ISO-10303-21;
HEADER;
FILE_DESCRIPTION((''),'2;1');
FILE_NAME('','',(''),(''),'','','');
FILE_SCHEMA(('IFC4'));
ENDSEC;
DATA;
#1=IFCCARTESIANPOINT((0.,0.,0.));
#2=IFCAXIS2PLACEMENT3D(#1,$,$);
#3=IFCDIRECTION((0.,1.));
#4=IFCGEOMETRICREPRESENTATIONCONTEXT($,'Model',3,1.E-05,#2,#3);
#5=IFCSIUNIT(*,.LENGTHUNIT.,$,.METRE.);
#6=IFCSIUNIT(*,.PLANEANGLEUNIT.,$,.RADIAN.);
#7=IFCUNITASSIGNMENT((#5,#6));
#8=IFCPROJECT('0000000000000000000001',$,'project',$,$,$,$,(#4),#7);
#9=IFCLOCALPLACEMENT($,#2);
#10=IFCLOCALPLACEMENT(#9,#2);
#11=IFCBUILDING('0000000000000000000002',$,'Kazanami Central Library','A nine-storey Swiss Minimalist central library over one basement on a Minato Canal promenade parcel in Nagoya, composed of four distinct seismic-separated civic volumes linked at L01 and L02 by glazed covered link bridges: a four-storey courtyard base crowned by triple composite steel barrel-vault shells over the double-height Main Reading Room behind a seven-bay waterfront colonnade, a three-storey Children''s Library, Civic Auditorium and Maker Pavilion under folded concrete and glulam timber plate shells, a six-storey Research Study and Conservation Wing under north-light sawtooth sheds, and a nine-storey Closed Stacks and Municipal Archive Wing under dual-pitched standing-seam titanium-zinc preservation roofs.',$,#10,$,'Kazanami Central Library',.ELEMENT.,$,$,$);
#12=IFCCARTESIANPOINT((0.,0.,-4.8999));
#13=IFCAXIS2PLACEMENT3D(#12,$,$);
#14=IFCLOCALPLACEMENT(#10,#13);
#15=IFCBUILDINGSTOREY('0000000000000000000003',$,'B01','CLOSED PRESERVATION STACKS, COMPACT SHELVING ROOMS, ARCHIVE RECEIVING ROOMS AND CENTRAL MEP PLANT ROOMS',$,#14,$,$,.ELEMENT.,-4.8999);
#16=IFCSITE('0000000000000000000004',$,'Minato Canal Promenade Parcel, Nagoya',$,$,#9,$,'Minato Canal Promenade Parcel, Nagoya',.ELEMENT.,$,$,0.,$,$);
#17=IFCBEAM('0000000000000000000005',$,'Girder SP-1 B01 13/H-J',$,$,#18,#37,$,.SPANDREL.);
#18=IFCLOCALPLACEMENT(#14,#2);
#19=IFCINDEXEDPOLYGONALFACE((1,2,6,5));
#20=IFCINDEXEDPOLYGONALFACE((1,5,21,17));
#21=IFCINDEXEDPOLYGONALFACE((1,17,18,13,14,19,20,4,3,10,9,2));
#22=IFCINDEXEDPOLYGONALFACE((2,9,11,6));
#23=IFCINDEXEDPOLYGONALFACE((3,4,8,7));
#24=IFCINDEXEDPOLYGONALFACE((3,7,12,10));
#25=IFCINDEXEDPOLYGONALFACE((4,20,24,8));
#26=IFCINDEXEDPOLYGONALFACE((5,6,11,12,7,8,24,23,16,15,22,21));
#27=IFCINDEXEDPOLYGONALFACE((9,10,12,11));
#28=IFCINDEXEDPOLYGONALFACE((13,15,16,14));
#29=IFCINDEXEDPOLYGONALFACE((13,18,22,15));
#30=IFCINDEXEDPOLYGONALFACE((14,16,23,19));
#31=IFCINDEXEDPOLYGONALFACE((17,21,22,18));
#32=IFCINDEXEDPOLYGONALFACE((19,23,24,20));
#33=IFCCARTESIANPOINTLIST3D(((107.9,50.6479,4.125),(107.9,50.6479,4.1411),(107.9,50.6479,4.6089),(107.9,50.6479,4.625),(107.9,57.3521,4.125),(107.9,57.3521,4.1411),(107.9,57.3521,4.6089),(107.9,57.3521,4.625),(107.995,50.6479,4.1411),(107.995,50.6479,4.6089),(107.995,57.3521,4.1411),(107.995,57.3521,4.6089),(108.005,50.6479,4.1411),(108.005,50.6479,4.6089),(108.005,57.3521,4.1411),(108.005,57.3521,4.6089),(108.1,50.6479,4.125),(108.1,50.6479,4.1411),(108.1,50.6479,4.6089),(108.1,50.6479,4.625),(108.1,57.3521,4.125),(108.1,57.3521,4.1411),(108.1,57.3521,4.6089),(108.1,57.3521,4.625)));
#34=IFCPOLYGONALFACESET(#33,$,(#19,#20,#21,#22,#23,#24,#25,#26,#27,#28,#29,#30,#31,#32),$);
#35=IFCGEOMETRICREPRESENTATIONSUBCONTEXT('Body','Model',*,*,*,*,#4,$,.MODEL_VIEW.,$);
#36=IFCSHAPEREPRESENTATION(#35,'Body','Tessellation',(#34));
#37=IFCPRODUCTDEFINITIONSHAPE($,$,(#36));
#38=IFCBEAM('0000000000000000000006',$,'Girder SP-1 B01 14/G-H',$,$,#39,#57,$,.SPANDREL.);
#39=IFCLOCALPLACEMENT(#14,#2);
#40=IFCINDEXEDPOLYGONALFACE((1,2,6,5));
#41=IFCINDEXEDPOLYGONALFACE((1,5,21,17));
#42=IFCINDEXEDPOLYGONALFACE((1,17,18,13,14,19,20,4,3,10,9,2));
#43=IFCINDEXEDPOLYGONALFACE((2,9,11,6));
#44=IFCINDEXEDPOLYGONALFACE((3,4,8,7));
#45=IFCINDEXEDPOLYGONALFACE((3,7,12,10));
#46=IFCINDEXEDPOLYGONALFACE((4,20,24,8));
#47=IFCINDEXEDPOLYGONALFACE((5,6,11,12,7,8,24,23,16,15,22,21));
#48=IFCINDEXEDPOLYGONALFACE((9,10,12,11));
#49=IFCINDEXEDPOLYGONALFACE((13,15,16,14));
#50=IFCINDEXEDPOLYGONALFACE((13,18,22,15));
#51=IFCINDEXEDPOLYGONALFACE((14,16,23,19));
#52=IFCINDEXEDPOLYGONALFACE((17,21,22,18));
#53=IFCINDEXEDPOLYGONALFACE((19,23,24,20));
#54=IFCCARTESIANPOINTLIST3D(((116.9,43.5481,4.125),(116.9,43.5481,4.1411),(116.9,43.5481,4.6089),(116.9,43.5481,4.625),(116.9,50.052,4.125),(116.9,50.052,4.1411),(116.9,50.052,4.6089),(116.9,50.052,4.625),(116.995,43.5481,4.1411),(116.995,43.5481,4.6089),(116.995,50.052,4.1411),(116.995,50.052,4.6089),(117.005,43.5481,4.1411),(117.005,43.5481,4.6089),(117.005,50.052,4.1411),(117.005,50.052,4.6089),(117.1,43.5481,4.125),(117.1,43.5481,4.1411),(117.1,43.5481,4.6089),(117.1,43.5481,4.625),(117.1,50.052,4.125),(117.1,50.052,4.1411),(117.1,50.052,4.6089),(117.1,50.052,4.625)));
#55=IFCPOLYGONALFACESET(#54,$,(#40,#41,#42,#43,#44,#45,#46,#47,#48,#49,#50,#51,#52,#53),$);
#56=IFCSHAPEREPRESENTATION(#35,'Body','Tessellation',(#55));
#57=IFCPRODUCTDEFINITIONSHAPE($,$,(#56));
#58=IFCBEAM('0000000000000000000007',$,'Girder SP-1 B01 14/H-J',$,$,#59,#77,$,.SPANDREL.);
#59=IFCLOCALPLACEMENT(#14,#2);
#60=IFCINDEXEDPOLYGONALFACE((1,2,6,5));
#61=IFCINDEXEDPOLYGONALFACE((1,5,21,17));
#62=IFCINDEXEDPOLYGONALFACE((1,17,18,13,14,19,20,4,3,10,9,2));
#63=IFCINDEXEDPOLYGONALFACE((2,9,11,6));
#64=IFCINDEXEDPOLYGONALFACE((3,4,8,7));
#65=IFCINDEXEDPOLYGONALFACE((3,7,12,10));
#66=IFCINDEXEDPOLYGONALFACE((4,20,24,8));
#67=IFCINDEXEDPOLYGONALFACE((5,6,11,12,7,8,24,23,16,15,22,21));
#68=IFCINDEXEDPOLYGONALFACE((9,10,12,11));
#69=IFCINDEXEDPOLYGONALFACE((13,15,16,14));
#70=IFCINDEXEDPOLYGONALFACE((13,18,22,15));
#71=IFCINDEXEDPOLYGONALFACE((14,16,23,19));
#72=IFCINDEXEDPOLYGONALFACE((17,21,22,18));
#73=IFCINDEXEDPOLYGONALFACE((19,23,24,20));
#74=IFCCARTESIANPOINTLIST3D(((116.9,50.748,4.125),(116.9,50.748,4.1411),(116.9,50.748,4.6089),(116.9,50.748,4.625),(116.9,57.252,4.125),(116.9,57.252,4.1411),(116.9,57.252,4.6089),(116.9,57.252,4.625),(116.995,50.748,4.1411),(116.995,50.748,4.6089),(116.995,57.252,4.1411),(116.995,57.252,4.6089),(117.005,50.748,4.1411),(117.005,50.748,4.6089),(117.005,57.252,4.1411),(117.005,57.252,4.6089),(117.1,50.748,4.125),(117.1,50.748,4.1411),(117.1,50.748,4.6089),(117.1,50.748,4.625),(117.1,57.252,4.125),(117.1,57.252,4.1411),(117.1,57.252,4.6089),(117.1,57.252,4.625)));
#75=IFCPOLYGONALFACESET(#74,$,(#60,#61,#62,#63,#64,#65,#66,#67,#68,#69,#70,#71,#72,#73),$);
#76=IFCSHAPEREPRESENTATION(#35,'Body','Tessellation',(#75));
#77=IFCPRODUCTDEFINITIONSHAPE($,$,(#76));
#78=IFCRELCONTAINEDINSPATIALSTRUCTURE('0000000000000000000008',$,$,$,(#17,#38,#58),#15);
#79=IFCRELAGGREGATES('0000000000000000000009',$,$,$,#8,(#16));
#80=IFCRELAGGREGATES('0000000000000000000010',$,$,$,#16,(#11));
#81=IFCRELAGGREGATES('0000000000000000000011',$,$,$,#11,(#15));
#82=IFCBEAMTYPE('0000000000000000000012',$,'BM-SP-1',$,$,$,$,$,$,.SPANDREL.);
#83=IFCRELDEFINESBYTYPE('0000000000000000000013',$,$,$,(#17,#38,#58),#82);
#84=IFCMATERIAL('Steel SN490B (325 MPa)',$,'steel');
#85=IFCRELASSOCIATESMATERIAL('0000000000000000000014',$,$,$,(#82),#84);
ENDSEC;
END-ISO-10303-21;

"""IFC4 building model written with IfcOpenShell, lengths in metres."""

from ifc_helpers import new_model, si_unit, direction, frame, origin, origin_2d, place, context, subcontext, project, spatial, i_section, extrude, material, material_profile, profile_set, type_object, element, save


model = new_model("IFC4")

# Units and contexts
model_context = context("Model", 3, precision=1e-05, world=origin(), true_north=direction((0.0, 1.0)))
body_context = subcontext(model_context, "Body", "Model", "MODEL_VIEW")
ifc_project = project(units=[si_unit("LENGTHUNIT", "METRE"), si_unit("PLANEANGLEUNIT", "RADIAN")], contexts=[model_context])

# Site, building, storey
site_placement = place(None, origin())
site = spatial("IfcSite", under=ifc_project, at=site_placement, Name="Minato Canal Promenade Parcel, Nagoya", LongName="Minato Canal Promenade Parcel, Nagoya", CompositionType="ELEMENT", RefElevation=0.0)
building_placement = place(site_placement, origin())
building = spatial("IfcBuilding", under=site, at=building_placement, Name="Kazanami Central Library", Description="A nine-storey Swiss Minimalist central library over one basement on a Minato Canal promenade parcel in Nagoya, composed of four distinct seismic-separated civic volumes linked at L01 and L02 by glazed covered link bridges: a four-storey courtyard base crowned by triple composite steel barrel-vault shells over the double-height Main Reading Room behind a seven-bay waterfront colonnade, a three-storey Children's Library, Civic Auditorium and Maker Pavilion under folded concrete and glulam timber plate shells, a six-storey Research Study and Conservation Wing under north-light sawtooth sheds, and a nine-storey Closed Stacks and Municipal Archive Wing under dual-pitched standing-seam titanium-zinc preservation roofs.", LongName="Kazanami Central Library", CompositionType="ELEMENT")
storey_placement = place(building_placement, frame((0.0, 0.0, -4.8999)))
storey = spatial("IfcBuildingStorey", under=building, at=storey_placement, Name="B01", Description="CLOSED PRESERVATION STACKS, COMPACT SHELVING ROOMS, ARCHIVE RECEIVING ROOMS AND CENTRAL MEP PLANT ROOMS", CompositionType="ELEMENT", Elevation=-4.8999)

# Beams
ifc_material_1 = material(Name="Steel SN490B (325 MPa)", Category="steel")
ifc_material_profile_1 = material_profile(ifc_material_1, i_section(OverallWidth=0.2, OverallDepth=0.5, WebThickness=0.01, FlangeThickness=0.0161, at=origin_2d()), Name="H-500x200x10x16")
ifc_profile_set_1 = profile_set([ifc_material_profile_1], Name="Steel SN490B (325 MPa)")
beam_type_1 = type_object("IfcBeamType", Name="BM-SP-1", PredefinedType="SPANDREL", material=ifc_profile_set_1)
beam_1_placement = place(storey_placement, frame((108.0, 50.6479, 4.375), z_axis=(0.0, 1.0, 0.0), x_axis=(-1.0, 0.0, 0.0)))
element("IfcBeam", 1, at=beam_1_placement, inside=storey, type_object=beam_type_1, Name="Girder SP-1 B01 13/H-J", PredefinedType="SPANDREL", context=body_context, shape_type="SweptSolid", body=[
    extrude(i_section(OverallWidth=0.2, OverallDepth=0.5, WebThickness=0.01, FlangeThickness=0.0161, at=origin_2d()), origin(), (0.0, 0.0, 1.0), 6.7041),
])
for number, where, z_axis, x_axis, name in (
    (2, (117.0, 43.5481, 4.375), (0.0, 1.0, 0.0), (-1.0, 0.0, 0.0), "Girder SP-1 B01 14/G-H"),
    (3, (117.0, 50.748, 4.375), (0.0, 1.0, 0.0), (-1.0, 0.0, 0.0), "Girder SP-1 B01 14/H-J"),
):
    element("IfcBeam", number, at=place(storey_placement, frame(where, z_axis=z_axis, x_axis=x_axis)), inside=storey, type_object=beam_type_1, Name=name, PredefinedType="SPANDREL", context=body_context, shape_type="SweptSolid", body=[
        extrude(i_section(OverallWidth=0.2, OverallDepth=0.5, WebThickness=0.01, FlangeThickness=0.0161, at=origin_2d()), origin(), (0.0, 0.0, 1.0), 6.5039),
    ])

save(model, "model.ifc")
